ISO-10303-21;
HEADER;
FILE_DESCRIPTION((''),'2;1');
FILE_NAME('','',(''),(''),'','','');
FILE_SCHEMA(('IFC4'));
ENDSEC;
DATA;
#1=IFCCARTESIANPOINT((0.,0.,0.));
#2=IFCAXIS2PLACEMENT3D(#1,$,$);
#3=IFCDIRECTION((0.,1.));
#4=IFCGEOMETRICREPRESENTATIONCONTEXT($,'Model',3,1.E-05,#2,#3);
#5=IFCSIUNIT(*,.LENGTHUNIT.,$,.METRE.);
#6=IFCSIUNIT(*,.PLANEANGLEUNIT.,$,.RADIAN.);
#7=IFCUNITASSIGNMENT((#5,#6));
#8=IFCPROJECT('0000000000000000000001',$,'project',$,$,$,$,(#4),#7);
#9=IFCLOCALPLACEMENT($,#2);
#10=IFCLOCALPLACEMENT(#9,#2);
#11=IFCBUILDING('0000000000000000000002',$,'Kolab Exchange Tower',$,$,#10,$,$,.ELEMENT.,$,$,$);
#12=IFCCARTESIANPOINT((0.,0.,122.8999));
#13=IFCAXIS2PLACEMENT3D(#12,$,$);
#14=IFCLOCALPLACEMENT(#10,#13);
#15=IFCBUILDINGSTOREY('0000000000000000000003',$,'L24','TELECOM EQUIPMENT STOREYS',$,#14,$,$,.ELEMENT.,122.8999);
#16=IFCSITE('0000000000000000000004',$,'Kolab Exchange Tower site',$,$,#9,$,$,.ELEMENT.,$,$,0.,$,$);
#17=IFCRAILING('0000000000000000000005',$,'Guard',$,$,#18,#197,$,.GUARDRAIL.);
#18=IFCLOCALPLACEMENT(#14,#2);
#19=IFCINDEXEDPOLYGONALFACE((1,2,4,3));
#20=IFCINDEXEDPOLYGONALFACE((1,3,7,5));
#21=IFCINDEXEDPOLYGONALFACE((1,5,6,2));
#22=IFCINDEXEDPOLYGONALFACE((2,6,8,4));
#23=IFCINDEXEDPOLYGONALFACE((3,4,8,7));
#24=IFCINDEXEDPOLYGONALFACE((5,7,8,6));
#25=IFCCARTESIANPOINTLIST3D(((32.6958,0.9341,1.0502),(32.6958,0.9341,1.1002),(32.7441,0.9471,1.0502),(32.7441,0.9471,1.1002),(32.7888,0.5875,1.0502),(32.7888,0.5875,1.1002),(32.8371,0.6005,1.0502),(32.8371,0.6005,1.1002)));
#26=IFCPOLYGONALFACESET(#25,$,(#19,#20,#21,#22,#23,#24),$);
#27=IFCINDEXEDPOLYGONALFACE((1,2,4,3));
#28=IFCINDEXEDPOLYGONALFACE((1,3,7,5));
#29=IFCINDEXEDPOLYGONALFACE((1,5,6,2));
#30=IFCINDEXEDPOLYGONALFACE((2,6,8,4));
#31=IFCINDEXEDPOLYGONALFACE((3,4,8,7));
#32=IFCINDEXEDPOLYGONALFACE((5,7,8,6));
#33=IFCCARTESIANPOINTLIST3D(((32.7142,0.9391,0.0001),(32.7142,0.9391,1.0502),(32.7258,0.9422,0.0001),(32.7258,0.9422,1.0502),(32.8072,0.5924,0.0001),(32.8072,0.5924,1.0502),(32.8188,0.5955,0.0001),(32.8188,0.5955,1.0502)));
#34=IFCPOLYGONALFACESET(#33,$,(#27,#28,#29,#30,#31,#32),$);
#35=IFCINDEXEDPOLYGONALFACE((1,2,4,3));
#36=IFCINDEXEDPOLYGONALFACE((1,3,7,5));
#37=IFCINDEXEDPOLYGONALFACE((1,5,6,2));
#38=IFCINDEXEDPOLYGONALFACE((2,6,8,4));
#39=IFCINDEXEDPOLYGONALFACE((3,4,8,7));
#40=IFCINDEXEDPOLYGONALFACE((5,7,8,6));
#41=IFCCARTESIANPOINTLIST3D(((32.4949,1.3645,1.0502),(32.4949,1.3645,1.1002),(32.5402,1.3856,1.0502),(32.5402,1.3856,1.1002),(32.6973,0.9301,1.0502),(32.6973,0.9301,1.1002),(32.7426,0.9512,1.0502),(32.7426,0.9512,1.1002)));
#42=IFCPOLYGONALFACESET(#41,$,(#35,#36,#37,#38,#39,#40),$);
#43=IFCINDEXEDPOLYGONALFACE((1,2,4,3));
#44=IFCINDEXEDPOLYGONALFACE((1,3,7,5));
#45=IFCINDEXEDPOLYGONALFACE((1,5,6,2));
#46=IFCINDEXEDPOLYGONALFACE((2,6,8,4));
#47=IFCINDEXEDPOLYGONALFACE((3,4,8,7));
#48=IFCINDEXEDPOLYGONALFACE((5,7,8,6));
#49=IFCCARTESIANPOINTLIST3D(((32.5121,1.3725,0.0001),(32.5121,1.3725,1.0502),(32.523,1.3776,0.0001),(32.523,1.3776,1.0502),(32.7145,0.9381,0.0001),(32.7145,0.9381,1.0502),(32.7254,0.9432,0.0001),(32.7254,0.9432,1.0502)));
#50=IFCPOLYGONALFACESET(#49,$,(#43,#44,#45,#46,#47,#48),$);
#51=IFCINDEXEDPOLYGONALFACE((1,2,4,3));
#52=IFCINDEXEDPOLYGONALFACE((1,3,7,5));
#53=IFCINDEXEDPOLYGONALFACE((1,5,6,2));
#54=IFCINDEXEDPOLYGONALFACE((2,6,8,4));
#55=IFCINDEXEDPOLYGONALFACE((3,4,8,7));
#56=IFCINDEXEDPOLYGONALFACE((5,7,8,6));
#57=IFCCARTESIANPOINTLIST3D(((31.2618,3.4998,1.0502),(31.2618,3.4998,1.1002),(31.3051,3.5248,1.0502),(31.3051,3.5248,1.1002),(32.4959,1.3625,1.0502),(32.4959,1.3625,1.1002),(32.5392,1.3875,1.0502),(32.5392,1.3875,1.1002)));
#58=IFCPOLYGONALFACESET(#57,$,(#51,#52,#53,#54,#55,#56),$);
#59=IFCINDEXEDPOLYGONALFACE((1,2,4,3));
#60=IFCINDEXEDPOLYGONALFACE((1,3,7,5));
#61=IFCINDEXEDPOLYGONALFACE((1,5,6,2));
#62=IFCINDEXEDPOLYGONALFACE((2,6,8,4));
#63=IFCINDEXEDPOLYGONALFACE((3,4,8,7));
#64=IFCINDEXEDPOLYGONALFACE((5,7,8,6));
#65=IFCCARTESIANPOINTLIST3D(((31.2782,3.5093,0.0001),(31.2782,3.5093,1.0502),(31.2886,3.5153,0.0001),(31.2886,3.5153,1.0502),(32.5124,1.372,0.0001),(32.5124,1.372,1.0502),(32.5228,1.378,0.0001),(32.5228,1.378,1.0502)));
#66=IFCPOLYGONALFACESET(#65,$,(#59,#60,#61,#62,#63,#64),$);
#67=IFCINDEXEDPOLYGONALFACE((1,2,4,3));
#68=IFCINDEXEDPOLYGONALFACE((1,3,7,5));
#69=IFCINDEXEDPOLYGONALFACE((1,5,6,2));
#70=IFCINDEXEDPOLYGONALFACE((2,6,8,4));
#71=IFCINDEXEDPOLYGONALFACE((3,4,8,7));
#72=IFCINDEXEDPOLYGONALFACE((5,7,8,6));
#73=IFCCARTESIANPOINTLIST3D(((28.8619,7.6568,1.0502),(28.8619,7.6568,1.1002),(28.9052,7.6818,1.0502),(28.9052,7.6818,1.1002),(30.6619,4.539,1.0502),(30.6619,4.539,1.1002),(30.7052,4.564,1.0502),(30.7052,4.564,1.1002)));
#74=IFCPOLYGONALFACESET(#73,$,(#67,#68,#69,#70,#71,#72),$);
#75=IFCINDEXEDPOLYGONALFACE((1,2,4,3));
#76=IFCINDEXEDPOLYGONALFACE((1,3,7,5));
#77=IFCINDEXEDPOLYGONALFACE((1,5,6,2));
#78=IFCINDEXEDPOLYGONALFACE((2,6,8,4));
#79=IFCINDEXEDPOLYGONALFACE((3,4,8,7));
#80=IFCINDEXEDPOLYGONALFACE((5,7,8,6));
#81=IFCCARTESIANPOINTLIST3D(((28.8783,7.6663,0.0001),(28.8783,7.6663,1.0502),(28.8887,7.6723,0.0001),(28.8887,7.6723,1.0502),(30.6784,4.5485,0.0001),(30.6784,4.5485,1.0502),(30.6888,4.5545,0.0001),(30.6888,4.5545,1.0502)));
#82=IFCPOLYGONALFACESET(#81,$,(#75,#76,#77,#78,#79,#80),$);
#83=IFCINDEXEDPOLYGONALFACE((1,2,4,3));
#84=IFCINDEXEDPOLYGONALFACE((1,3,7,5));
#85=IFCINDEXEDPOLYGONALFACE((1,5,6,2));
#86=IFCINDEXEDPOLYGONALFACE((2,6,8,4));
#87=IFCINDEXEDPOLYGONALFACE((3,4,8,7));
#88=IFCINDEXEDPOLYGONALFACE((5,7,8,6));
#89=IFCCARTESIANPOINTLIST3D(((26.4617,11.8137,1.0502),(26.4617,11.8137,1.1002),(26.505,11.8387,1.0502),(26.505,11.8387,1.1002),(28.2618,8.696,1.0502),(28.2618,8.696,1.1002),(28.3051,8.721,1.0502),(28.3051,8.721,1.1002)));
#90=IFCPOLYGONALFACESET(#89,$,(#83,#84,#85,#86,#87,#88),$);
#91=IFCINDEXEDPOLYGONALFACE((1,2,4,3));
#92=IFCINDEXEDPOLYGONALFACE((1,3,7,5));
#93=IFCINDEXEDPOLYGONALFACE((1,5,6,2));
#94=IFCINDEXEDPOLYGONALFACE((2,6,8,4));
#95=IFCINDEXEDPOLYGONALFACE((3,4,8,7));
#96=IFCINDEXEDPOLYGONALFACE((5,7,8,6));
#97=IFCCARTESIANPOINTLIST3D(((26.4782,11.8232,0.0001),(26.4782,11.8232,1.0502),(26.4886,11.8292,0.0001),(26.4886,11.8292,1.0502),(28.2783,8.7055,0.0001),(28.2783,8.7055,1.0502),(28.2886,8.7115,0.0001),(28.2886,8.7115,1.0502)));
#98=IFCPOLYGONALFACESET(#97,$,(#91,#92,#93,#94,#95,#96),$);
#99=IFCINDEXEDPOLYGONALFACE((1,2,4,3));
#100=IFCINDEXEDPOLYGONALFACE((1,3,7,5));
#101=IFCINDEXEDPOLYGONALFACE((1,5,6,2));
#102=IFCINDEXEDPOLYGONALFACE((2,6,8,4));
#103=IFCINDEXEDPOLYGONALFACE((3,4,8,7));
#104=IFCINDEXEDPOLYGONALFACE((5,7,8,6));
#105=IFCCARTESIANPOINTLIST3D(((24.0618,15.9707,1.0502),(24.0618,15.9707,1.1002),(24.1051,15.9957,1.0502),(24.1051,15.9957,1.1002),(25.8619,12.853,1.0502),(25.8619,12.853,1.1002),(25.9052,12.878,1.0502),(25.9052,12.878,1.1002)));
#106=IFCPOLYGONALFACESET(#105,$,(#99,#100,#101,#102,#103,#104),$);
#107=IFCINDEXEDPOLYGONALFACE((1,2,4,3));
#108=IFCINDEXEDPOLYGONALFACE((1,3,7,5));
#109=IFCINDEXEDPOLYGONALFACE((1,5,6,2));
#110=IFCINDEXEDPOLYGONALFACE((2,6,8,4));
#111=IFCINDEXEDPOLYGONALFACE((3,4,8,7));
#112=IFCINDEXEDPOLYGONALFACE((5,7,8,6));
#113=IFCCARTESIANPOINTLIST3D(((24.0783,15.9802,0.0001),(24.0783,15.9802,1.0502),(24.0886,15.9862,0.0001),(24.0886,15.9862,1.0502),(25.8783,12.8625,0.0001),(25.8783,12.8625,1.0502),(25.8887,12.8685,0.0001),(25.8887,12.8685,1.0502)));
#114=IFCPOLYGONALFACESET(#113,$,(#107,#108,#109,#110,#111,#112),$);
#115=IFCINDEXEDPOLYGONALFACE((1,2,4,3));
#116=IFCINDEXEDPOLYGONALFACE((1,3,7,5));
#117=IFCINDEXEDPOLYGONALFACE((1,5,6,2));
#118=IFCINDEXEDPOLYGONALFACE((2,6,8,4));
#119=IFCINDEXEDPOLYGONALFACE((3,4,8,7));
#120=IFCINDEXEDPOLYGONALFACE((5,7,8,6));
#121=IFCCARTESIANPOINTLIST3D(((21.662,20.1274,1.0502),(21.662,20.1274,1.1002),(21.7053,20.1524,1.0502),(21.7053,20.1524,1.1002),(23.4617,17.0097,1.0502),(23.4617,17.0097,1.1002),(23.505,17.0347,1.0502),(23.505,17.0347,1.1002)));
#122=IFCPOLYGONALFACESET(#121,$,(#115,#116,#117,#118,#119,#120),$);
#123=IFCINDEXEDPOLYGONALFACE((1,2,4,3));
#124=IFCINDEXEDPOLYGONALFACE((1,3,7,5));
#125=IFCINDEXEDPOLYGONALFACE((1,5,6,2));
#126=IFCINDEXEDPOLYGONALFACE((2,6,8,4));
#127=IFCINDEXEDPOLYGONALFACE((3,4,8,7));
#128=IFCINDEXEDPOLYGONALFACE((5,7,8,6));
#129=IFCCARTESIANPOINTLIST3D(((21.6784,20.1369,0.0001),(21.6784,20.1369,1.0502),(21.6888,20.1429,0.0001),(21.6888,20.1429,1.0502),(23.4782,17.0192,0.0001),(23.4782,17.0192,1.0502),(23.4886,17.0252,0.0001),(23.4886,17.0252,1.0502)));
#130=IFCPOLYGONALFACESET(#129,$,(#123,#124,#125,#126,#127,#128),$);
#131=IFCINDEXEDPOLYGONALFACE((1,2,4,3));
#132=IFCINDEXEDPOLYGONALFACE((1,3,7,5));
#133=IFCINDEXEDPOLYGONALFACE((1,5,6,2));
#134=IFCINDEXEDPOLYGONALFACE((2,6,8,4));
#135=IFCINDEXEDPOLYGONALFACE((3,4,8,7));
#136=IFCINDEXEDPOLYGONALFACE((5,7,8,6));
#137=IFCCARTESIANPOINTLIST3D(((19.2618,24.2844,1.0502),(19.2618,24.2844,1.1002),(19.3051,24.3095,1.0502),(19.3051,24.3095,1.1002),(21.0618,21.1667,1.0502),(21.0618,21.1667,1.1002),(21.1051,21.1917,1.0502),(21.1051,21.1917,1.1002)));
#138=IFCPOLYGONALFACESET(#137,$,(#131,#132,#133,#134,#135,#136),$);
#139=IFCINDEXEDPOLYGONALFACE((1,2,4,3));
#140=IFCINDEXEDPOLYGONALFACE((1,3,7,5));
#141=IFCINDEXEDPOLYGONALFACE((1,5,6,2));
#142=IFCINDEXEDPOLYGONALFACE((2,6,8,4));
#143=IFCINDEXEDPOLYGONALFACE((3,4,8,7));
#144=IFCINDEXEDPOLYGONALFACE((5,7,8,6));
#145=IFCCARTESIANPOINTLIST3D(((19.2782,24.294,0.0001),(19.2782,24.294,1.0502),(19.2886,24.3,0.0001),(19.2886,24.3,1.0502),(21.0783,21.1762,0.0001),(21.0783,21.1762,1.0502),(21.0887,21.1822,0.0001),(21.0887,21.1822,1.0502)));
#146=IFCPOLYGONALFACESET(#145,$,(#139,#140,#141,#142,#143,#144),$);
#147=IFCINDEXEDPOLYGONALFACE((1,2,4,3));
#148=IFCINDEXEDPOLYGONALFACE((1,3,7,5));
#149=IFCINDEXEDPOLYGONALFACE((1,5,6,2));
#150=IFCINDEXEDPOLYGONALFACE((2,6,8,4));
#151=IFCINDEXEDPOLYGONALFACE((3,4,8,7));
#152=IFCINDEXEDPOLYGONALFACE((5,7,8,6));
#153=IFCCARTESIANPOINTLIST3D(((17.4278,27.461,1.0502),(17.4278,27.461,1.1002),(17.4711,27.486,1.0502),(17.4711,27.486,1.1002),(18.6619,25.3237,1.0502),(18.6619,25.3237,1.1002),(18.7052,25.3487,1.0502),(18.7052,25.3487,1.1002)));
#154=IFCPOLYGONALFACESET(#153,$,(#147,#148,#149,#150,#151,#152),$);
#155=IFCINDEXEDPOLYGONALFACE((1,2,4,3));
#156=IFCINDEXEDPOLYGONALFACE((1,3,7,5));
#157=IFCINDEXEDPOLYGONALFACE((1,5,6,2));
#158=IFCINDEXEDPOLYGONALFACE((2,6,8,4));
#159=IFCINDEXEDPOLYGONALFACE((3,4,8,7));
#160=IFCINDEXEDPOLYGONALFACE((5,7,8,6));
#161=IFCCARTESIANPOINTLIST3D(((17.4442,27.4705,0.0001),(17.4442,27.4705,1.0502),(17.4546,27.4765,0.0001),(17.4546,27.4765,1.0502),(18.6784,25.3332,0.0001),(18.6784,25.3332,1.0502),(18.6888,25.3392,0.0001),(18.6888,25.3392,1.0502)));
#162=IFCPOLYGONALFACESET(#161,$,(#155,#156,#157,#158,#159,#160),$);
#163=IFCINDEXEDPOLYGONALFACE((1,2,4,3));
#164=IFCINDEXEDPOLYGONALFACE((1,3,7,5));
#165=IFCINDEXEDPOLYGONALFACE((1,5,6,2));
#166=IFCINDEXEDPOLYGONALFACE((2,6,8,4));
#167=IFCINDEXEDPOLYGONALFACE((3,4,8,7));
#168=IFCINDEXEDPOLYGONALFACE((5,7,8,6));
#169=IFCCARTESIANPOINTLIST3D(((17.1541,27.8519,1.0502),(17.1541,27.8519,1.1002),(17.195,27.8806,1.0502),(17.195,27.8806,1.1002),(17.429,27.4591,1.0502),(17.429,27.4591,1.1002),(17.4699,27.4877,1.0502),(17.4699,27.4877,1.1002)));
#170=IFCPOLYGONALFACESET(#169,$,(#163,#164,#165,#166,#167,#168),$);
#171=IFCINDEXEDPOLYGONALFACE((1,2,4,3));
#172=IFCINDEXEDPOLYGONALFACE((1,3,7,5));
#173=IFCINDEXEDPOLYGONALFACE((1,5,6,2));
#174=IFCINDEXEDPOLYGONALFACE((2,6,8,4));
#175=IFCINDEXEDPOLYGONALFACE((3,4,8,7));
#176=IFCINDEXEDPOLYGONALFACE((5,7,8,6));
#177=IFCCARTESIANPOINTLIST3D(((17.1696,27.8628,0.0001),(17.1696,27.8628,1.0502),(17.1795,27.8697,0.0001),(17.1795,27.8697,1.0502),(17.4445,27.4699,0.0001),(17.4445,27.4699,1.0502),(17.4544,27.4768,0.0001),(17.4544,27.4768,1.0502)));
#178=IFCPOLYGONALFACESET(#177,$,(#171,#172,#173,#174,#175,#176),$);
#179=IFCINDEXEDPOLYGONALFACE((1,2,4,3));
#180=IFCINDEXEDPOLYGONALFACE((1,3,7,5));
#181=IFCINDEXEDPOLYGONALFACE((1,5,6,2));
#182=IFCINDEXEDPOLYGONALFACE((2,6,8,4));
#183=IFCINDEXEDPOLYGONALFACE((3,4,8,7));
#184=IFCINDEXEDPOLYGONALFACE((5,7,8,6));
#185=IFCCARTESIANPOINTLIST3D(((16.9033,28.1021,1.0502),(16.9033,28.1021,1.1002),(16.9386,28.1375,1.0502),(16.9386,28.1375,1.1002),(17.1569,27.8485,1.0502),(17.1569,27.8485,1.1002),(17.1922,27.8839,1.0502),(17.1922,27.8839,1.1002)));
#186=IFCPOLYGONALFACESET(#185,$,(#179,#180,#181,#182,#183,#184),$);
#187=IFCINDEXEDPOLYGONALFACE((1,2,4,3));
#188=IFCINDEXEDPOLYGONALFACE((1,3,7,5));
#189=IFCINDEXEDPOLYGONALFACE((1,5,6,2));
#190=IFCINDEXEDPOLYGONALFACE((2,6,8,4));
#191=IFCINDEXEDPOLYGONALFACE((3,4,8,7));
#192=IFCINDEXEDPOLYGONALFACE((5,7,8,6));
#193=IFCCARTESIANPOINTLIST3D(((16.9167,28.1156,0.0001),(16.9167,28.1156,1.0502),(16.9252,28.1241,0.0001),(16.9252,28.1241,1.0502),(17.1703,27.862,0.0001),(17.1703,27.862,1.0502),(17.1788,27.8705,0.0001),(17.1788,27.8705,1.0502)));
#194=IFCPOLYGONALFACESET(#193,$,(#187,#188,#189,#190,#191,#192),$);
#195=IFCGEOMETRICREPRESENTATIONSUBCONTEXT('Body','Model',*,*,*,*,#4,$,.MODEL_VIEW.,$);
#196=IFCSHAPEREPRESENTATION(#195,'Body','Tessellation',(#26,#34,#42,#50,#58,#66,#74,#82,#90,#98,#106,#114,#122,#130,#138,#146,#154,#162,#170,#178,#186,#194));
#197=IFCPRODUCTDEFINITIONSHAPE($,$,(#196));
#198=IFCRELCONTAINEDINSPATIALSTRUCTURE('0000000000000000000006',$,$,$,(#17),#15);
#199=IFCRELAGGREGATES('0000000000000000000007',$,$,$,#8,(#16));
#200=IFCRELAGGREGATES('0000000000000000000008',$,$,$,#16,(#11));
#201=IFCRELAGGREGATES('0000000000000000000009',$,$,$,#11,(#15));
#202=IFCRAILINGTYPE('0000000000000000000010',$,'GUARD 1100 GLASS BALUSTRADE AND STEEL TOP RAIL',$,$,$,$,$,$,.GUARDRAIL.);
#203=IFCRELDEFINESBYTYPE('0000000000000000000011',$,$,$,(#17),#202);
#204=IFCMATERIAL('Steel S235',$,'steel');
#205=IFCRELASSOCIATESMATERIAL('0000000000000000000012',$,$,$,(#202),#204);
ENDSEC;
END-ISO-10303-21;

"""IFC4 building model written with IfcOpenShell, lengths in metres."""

from ifc_helpers import new_model, si_unit, direction, frame, frame_2d, origin, origin_2d, place, context, subcontext, project, spatial, rectangle, extrude, material, type_object, element, save


model = new_model("IFC4")

# Units and contexts
model_context = context("Model", 3, precision=1e-05, world=origin(), true_north=direction((0.0, 1.0)))
body_context = subcontext(model_context, "Body", "Model", "MODEL_VIEW")
ifc_project = project(units=[si_unit("LENGTHUNIT", "METRE"), si_unit("PLANEANGLEUNIT", "RADIAN")], contexts=[model_context])

# Site, building, storey
site_placement = place(None, origin())
site = spatial("IfcSite", under=ifc_project, at=site_placement, Name="Kolab Exchange Tower site", CompositionType="ELEMENT", RefElevation=0.0)
building_placement = place(site_placement, origin())
building = spatial("IfcBuilding", under=site, at=building_placement, Name="Kolab Exchange Tower", CompositionType="ELEMENT")
storey_placement = place(building_placement, frame((0.0, 0.0, 122.8999)))
storey = spatial("IfcBuildingStorey", under=building, at=storey_placement, Name="L24", Description="TELECOM EQUIPMENT STOREYS", CompositionType="ELEMENT", Elevation=122.8999)

# Railing
ifc_material_1 = material(Name="Steel S235", Category="steel")
railing_type = type_object("IfcRailingType", Name="GUARD 1100 GLASS BALUSTRADE AND STEEL TOP RAIL", PredefinedType="GUARDRAIL", material=ifc_material_1)
railing_placement = place(storey_placement, frame((32.813, 0.594, 0.0)))
element("IfcRailing", 1, at=railing_placement, inside=storey, type_object=railing_type, Name="Guard", PredefinedType="GUARDRAIL", context=body_context, shape_type="SweptSolid", body=[
    extrude(rectangle(XDim=0.05, YDim=0.05, at=origin_2d()), frame((0.0, 0.0, 1.0752), z_axis=(-0.259144, 0.965839, 0.0), x_axis=(-0.965839, -0.259144, 0.0)), (0.0, 0.0, 1.0), 0.3589),
    extrude(rectangle(XDim=0.012, YDim=1.0501, at=frame_2d((0.0, 0.5251))), frame((0.0, 0.0, 0.0), z_axis=(-0.259144, 0.965839, 0.0), x_axis=(-0.965839, -0.259144, 0.0)), (0.0, 0.0, 1.0), 0.3589),
    extrude(rectangle(XDim=0.05, YDim=0.05, at=origin_2d()), frame((-0.093, 0.3467, 1.0752), z_axis=(-0.422383, 0.906417, 0.0), x_axis=(-0.906417, -0.422383, 0.0)), (0.0, 0.0, 1.0), 0.4792),
    extrude(rectangle(XDim=0.012, YDim=1.0501, at=frame_2d((0.0, 0.5251))), frame((-0.093, 0.3467, 0.0), z_axis=(-0.422383, 0.906417, 0.0), x_axis=(-0.906417, -0.422383, 0.0)), (0.0, 0.0, 1.0), 0.4792),
    extrude(rectangle(XDim=0.05, YDim=0.05, at=origin_2d()), frame((-0.2954, 0.781, 1.0752), z_axis=(-0.500065, 0.865988, 0.0), x_axis=(-0.865988, -0.500065, 0.0)), (0.0, 0.0, 1.0), 2.468),
    extrude(rectangle(XDim=0.012, YDim=1.0501, at=frame_2d((0.0, 0.5251))), frame((-0.2954, 0.781, 0.0), z_axis=(-0.500065, 0.865988, 0.0), x_axis=(-0.865988, -0.500065, 0.0)), (0.0, 0.0, 1.0), 2.468),
    extrude(rectangle(XDim=0.05, YDim=0.05, at=origin_2d()), frame((-2.1294, 3.9575, 1.0752), z_axis=(-0.500012, 0.866018, 0.0), x_axis=(-0.866018, -0.500012, 0.0)), (0.0, 0.0, 1.0), 3.6001),
    extrude(rectangle(XDim=0.012, YDim=1.0501, at=frame_2d((0.0, 0.5251))), frame((-2.1294, 3.9575, 0.0), z_axis=(-0.500012, 0.866018, 0.0), x_axis=(-0.866018, -0.500012, 0.0)), (0.0, 0.0, 1.0), 3.6001),
    extrude(rectangle(XDim=0.05, YDim=0.05, at=origin_2d()), frame((-4.5295, 8.1145, 1.0752), z_axis=(-0.500012, 0.866018, 0.0), x_axis=(-0.866018, -0.500012, 0.0)), (0.0, 0.0, 1.0), 3.6001),
    extrude(rectangle(XDim=0.012, YDim=1.0501, at=frame_2d((0.0, 0.5251))), frame((-4.5295, 8.1145, 0.0), z_axis=(-0.500012, 0.866018, 0.0), x_axis=(-0.866018, -0.500012, 0.0)), (0.0, 0.0, 1.0), 3.6001),
    extrude(rectangle(XDim=0.05, YDim=0.05, at=origin_2d()), frame((-6.9294, 12.2715, 1.0752), z_axis=(-0.500012, 0.866018, 0.0), x_axis=(-0.866018, -0.500012, 0.0)), (0.0, 0.0, 1.0), 3.6001),
    extrude(rectangle(XDim=0.012, YDim=1.0501, at=frame_2d((0.0, 0.5251))), frame((-6.9294, 12.2715, 0.0), z_axis=(-0.500012, 0.866018, 0.0), x_axis=(-0.866018, -0.500012, 0.0)), (0.0, 0.0, 1.0), 3.6001),
    extrude(rectangle(XDim=0.05, YDim=0.05, at=origin_2d()), frame((-9.3296, 16.4282, 1.0752), z_axis=(-0.499961, 0.866048, 0.0), x_axis=(-0.866048, -0.499961, 0.0)), (0.0, 0.0, 1.0), 3.5999),
    extrude(rectangle(XDim=0.012, YDim=1.0501, at=frame_2d((0.0, 0.5251))), frame((-9.3296, 16.4282, 0.0), z_axis=(-0.499961, 0.866048, 0.0), x_axis=(-0.866048, -0.499961, 0.0)), (0.0, 0.0, 1.0), 3.5999),
    extrude(rectangle(XDim=0.05, YDim=0.05, at=origin_2d()), frame((-11.7295, 20.5852, 1.0752), z_axis=(-0.500012, 0.866018, 0.0), x_axis=(-0.866018, -0.500012, 0.0)), (0.0, 0.0, 1.0), 3.6001),
    extrude(rectangle(XDim=0.012, YDim=1.0501, at=frame_2d((0.0, 0.5251))), frame((-11.7295, 20.5852, 0.0), z_axis=(-0.500012, 0.866018, 0.0), x_axis=(-0.866018, -0.500012, 0.0)), (0.0, 0.0, 1.0), 3.6001),
    extrude(rectangle(XDim=0.05, YDim=0.05, at=origin_2d()), frame((-14.1294, 24.7422, 1.0752), z_axis=(-0.500065, 0.865988, 0.0), x_axis=(-0.865988, -0.500065, 0.0)), (0.0, 0.0, 1.0), 2.468),
    extrude(rectangle(XDim=0.012, YDim=1.0501, at=frame_2d((0.0, 0.5251))), frame((-14.1294, 24.7422, 0.0), z_axis=(-0.500065, 0.865988, 0.0), x_axis=(-0.865988, -0.500065, 0.0)), (0.0, 0.0, 1.0), 2.468),
    extrude(rectangle(XDim=0.05, YDim=0.05, at=origin_2d()), frame((-15.3635, 26.8794, 1.0752), z_axis=(-0.57336, 0.819304, 0.0), x_axis=(-0.819304, -0.57336, 0.0)), (0.0, 0.0, 1.0), 0.4795),
    extrude(rectangle(XDim=0.012, YDim=1.0501, at=frame_2d((0.0, 0.5251))), frame((-15.3635, 26.8794, 0.0), z_axis=(-0.57336, 0.819304, 0.0), x_axis=(-0.819304, -0.57336, 0.0)), (0.0, 0.0, 1.0), 0.4795),
    extrude(rectangle(XDim=0.05, YDim=0.05, at=origin_2d()), frame((-15.6384, 27.2722, 1.0752), z_axis=(-0.707107, 0.707107, 0.0), x_axis=(-0.707107, -0.707107, 0.0)), (0.0, 0.0, 1.0), 0.3586),
    extrude(rectangle(XDim=0.012, YDim=1.0501, at=frame_2d((0.0, 0.5251))), frame((-15.6384, 27.2722, 0.0), z_axis=(-0.707107, 0.707107, 0.0), x_axis=(-0.707107, -0.707107, 0.0)), (0.0, 0.0, 1.0), 0.3586),
])

save(model, "model.ifc")
